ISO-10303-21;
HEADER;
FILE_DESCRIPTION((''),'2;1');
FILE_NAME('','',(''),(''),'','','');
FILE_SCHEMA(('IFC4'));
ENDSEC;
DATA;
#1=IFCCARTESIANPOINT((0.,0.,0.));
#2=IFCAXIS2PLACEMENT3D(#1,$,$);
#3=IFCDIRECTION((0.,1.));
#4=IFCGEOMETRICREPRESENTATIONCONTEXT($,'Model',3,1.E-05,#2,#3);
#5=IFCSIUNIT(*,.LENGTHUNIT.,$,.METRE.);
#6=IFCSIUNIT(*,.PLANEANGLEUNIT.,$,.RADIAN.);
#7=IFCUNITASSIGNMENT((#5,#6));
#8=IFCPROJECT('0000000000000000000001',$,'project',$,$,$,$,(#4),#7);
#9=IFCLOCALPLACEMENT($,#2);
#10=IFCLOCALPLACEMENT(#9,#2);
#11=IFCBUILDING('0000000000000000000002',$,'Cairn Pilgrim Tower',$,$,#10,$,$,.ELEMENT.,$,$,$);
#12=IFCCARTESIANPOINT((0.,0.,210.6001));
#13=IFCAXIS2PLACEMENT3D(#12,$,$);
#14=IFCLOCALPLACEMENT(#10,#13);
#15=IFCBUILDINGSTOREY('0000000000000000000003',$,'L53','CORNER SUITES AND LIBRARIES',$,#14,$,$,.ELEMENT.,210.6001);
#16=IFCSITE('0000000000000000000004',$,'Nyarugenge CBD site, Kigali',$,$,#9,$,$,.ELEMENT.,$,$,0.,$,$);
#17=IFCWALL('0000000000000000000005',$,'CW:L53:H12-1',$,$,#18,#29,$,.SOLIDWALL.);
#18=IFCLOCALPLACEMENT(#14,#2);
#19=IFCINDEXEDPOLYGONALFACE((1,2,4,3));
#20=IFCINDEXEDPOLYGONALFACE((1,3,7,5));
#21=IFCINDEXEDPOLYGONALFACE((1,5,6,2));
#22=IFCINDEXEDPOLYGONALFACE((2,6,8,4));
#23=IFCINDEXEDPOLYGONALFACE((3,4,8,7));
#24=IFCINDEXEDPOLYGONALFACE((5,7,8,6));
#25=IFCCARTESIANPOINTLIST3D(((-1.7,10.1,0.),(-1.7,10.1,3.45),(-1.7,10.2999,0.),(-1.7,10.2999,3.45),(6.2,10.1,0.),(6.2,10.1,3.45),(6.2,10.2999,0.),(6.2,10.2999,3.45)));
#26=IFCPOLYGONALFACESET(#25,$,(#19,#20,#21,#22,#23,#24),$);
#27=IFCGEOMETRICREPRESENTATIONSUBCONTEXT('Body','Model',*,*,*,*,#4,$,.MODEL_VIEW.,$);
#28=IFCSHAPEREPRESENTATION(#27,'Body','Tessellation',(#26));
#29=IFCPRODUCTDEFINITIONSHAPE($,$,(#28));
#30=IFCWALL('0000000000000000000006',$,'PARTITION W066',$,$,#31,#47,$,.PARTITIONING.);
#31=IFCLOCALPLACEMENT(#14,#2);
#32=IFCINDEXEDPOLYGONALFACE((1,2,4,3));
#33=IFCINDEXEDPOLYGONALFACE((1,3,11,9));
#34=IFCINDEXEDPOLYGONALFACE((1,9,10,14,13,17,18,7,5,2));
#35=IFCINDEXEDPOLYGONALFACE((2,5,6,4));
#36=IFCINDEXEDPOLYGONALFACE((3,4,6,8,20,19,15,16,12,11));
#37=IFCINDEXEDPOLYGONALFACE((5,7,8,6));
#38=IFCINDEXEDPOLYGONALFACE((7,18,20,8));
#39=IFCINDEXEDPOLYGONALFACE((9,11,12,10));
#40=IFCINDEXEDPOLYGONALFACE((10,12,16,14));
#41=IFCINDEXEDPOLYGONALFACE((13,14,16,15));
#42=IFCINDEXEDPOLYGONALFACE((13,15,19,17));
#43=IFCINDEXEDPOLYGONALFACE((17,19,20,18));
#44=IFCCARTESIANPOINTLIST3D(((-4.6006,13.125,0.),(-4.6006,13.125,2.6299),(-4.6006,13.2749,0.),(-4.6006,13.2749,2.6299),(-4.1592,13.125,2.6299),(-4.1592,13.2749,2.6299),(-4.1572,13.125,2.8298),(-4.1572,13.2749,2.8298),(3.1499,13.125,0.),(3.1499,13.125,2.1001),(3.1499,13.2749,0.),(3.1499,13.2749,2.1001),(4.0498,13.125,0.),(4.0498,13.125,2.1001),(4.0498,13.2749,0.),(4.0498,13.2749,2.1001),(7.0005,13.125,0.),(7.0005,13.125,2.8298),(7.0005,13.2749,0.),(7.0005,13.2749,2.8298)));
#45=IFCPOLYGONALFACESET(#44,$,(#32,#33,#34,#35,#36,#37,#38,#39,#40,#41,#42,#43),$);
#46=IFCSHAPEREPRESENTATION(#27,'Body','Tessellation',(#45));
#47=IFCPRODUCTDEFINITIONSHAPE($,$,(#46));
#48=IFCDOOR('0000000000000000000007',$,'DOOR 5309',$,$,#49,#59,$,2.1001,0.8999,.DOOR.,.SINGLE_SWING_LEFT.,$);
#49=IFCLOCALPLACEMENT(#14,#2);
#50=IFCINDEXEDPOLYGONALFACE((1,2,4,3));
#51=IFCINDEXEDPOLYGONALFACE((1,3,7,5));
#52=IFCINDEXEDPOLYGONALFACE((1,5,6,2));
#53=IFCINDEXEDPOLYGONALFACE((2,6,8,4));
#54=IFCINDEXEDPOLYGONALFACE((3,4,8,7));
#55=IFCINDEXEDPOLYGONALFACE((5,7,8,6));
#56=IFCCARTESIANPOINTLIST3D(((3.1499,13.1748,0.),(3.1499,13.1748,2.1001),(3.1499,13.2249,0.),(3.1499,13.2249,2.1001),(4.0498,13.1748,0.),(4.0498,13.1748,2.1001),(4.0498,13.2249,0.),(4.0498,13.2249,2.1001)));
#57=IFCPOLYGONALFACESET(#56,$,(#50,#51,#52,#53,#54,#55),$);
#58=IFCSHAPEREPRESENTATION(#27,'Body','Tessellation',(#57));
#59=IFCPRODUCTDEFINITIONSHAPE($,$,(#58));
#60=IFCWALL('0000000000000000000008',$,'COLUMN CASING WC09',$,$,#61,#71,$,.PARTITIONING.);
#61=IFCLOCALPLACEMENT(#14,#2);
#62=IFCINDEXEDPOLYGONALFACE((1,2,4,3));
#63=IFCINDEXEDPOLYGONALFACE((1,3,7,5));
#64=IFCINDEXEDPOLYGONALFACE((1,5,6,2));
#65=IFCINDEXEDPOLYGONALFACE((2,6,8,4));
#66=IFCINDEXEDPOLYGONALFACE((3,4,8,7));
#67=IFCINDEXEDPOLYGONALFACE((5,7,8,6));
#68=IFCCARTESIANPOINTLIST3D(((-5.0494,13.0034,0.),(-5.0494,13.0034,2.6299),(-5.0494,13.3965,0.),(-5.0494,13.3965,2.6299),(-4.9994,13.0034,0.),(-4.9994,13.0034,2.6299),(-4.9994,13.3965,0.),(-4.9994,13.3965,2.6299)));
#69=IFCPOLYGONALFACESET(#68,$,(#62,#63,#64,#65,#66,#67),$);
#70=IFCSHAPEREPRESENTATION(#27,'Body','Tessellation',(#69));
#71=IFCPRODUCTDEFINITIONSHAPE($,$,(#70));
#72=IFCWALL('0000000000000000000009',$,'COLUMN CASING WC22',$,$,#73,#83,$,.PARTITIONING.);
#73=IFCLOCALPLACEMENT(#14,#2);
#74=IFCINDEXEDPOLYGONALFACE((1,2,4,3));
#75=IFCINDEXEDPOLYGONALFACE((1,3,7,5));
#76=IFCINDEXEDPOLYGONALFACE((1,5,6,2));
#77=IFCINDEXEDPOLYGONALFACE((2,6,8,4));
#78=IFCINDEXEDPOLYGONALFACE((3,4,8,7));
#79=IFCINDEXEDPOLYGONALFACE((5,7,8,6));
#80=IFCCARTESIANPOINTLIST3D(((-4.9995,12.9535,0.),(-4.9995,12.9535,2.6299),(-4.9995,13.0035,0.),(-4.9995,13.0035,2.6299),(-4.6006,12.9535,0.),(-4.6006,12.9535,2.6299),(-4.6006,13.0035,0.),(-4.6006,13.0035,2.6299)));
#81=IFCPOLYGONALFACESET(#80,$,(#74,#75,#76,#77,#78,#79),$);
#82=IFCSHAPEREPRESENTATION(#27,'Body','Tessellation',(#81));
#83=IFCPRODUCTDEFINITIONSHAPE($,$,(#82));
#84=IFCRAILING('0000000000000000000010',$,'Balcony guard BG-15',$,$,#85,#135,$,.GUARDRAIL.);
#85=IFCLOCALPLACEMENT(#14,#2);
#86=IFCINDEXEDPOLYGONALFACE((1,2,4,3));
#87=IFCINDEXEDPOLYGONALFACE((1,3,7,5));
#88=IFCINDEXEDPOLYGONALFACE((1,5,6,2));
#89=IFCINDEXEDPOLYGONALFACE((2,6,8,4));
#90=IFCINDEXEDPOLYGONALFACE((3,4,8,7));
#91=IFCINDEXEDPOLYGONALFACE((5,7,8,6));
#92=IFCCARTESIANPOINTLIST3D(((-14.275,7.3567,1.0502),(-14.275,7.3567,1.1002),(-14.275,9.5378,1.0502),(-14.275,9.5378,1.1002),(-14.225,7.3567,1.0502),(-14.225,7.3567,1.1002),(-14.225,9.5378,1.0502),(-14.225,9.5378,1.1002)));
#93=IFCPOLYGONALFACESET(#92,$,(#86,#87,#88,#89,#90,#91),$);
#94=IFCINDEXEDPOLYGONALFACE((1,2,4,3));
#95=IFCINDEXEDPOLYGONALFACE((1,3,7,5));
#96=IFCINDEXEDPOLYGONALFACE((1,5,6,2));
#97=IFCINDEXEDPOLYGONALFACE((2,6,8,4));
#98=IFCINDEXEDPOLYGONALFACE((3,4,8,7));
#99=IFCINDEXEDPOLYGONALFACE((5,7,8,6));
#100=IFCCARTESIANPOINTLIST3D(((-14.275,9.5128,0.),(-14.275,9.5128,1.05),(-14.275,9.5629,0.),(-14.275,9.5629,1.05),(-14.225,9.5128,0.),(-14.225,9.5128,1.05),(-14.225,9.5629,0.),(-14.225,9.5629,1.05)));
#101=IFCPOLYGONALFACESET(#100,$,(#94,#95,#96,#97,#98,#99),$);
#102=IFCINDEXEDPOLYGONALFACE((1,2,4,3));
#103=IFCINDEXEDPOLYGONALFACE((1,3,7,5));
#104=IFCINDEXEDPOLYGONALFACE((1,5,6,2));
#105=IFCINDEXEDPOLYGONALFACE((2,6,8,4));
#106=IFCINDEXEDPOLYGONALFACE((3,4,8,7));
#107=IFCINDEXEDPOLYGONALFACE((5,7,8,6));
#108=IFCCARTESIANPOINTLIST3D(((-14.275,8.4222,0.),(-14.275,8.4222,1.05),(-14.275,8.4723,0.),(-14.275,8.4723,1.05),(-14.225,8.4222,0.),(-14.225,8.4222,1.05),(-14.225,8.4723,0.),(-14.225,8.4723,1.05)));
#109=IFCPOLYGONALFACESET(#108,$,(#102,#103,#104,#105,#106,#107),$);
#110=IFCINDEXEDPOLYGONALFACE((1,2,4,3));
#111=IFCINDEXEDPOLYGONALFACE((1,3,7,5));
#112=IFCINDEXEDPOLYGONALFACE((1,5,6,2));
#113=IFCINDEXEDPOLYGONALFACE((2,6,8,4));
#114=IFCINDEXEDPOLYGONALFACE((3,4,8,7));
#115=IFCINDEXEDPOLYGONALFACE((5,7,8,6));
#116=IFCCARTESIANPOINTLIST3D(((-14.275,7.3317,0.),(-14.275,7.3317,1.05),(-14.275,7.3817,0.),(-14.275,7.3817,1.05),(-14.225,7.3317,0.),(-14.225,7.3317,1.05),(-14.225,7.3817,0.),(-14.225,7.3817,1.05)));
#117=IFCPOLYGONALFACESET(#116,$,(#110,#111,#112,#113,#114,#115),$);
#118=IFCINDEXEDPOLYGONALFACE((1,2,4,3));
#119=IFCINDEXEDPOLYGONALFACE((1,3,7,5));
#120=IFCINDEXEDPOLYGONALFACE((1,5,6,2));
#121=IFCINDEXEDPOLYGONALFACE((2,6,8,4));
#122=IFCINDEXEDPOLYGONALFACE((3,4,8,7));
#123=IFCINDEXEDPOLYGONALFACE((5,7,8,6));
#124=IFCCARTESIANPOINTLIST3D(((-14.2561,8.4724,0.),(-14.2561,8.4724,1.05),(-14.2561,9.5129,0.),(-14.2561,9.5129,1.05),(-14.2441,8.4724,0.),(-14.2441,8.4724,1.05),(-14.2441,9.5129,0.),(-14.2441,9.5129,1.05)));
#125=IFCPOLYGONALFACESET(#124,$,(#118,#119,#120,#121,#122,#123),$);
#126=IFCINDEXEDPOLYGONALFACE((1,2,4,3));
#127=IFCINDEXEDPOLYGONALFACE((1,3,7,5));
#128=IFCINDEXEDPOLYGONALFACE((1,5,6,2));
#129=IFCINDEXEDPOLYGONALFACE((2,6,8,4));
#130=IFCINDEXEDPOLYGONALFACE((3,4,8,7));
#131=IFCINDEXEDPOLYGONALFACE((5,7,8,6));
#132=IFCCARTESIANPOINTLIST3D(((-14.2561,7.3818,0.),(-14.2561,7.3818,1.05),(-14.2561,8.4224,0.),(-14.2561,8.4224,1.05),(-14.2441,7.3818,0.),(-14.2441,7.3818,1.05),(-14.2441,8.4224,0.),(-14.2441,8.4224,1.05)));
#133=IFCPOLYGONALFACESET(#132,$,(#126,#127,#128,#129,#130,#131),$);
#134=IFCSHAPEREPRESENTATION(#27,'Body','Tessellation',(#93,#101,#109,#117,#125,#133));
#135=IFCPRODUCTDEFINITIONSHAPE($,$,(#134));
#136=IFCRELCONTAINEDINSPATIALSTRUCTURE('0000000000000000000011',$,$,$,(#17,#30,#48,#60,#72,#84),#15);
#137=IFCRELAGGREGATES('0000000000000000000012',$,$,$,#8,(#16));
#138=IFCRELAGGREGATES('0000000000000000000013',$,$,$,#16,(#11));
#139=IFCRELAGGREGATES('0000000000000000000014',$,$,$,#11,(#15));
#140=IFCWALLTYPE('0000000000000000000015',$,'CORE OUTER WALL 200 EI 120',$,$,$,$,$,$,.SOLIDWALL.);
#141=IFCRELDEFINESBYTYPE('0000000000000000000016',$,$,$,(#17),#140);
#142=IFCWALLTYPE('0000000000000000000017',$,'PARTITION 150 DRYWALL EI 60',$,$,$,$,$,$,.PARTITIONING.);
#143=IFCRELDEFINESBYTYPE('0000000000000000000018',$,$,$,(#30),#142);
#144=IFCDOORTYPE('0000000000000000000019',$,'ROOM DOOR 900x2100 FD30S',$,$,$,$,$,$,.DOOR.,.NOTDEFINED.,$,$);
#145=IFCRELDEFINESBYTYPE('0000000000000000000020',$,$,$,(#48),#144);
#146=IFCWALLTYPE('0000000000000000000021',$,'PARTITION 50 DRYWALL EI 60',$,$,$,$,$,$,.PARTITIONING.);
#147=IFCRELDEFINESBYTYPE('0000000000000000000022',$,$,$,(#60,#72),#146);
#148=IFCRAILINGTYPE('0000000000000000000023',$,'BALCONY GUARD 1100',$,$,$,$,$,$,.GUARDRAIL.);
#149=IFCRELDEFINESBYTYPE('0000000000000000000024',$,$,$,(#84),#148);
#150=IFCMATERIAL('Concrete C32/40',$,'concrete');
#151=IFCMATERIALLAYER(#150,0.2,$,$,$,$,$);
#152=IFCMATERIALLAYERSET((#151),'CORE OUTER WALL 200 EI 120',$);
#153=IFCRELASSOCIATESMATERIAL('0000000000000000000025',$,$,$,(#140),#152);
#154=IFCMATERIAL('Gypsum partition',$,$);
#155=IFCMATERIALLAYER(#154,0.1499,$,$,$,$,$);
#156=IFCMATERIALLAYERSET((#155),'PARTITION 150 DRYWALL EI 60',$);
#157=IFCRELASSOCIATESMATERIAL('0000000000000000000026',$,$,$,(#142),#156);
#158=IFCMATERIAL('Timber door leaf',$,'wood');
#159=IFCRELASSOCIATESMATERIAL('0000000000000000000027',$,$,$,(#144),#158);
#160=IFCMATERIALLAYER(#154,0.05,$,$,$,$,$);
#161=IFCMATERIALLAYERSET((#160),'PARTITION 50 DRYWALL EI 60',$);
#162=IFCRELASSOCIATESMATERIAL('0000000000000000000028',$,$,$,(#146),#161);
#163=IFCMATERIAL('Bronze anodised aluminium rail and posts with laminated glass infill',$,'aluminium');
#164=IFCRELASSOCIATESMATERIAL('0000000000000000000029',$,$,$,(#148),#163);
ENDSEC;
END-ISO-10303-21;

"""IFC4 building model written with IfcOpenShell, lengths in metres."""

from ifc_helpers import new_model, si_unit, direction, frame, frame_2d, origin, origin_2d, place, context, subcontext, project, spatial, polyline, rectangle, outline, extrude, material, layer, layer_set, type_object, element, fill, save


model = new_model("IFC4")

# Units and contexts
model_context = context("Model", 3, precision=1e-05, world=origin(), true_north=direction((0.0, 1.0)))
body_context = subcontext(model_context, "Body", "Model", "MODEL_VIEW")
ifc_project = project(units=[si_unit("LENGTHUNIT", "METRE"), si_unit("PLANEANGLEUNIT", "RADIAN")], contexts=[model_context])

# Site, building, storey
site_placement = place(None, origin())
site = spatial("IfcSite", under=ifc_project, at=site_placement, Name="Nyarugenge CBD site, Kigali", CompositionType="ELEMENT", RefElevation=0.0)
building_placement = place(site_placement, origin())
building = spatial("IfcBuilding", under=site, at=building_placement, Name="Cairn Pilgrim Tower", CompositionType="ELEMENT")
storey_placement = place(building_placement, frame((0.0, 0.0, 210.6001)))
storey = spatial("IfcBuildingStorey", under=building, at=storey_placement, Name="L53", Description="CORNER SUITES AND LIBRARIES", CompositionType="ELEMENT", Elevation=210.6001)

# Wall
ifc_material_1 = material(Name="Concrete C32/40", Category="concrete")
ifc_layer_1 = layer(ifc_material_1, 0.2)
ifc_layer_set_1 = layer_set([ifc_layer_1], Name="CORE OUTER WALL 200 EI 120")
wall_type_1 = type_object("IfcWallType", Name="CORE OUTER WALL 200 EI 120", PredefinedType="SOLIDWALL", material=ifc_layer_set_1)
wall_1_placement = place(storey_placement, frame((-1.7, 10.2, 0.0), z_axis=(0.0, 0.0, 1.0), x_axis=(1.0, 0.0, 0.0)))
element("IfcWall", 1, at=wall_1_placement, inside=storey, type_object=wall_type_1, Name="CW:L53:H12-1", PredefinedType="SOLIDWALL", context=body_context, shape_type="SweptSolid", body=[
    extrude(rectangle(XDim=7.8999, YDim=0.2, at=frame_2d((3.95, 0.0))), origin(), (0.0, 0.0, 1.0), 3.45),
])

# Wall, opening, door
ifc_material_2 = material(Name="Gypsum partition")
ifc_layer_2 = layer(ifc_material_2, 0.1499)
ifc_layer_set_2 = layer_set([ifc_layer_2], Name="PARTITION 150 DRYWALL EI 60")
wall_type_2 = type_object("IfcWallType", Name="PARTITION 150 DRYWALL EI 60", PredefinedType="PARTITIONING", material=ifc_layer_set_2)
wall_2_placement = place(storey_placement, frame((-4.6006, 13.2, 0.0), z_axis=(0.0, 0.0, 1.0), x_axis=(1.0, 0.0, 0.0)))
wall_2 = element("IfcWall", 2, at=wall_2_placement, inside=storey, type_object=wall_type_2, Name="PARTITION W066", PredefinedType="PARTITIONING", context=body_context, shape_type="SweptSolid", body=[
    extrude(outline(polyline([(0.0, 0.0), (11.6011, 0.0), (11.6011, 2.8298), (0.4434, 2.8298), (0.4414, 2.6299), (0.0, 2.6299), (0.0, 0.0)])), frame((0.0, 0.075, 0.0), z_axis=(0.0, -1.0, 0.0), x_axis=(1.0, 0.0, 0.0)), (0.0, 0.0, 1.0), 0.1499),
])
opening_placement = place(wall_2_placement, frame((7.7505, 0.0, 0.0)))
opening = element("IfcOpeningElement", 3, at=opening_placement, cuts=wall_2, PredefinedType="OPENING", context=body_context, shape_type="SweptSolid", body=[
    extrude(rectangle(XDim=0.8999, YDim=2.1001, at=frame_2d((0.45, 1.05))), frame((0.0, 0.085, 0.0), z_axis=(0.0, -1.0, 0.0), x_axis=(1.0, 0.0, 0.0)), (0.0, 0.0, 1.0), 0.1699),
])
ifc_material_3 = material(Name="Timber door leaf", Category="wood")
door_type = type_object("IfcDoorType", Name="ROOM DOOR 900x2100 FD30S", OperationType="NOTDEFINED", PredefinedType="DOOR", material=ifc_material_3)
door_placement = place(opening_placement, origin())
door = element("IfcDoor", 4, at=door_placement, inside=storey, type_object=door_type, Name="DOOR 5309", OperationType="SINGLE_SWING_LEFT", OverallHeight=2.1001, OverallWidth=0.8999, PredefinedType="DOOR", context=body_context, shape_type="SweptSolid", body=[
    extrude(rectangle(XDim=0.8999, YDim=2.1001, at=frame_2d((0.45, 1.05))), frame((0.0, 0.0249, 0.0), z_axis=(0.0, -1.0, 0.0), x_axis=(1.0, 0.0, 0.0)), (0.0, 0.0, 1.0), 0.05),
])
fill(opening, door)

# Walls
ifc_layer_3 = layer(ifc_material_2, 0.05)
ifc_layer_set_3 = layer_set([ifc_layer_3], Name="PARTITION 50 DRYWALL EI 60")
wall_type_3 = type_object("IfcWallType", Name="PARTITION 50 DRYWALL EI 60", PredefinedType="PARTITIONING", material=ifc_layer_set_3)
wall_3_placement = place(storey_placement, frame((-5.0244, 13.0034, 0.0), z_axis=(0.0, 0.0, 1.0), x_axis=(0.0, 1.0, 0.0)))
element("IfcWall", 5, at=wall_3_placement, inside=storey, type_object=wall_type_3, Name="COLUMN CASING WC09", PredefinedType="PARTITIONING", context=body_context, shape_type="SweptSolid", body=[
    extrude(rectangle(XDim=0.3931, YDim=0.05, at=frame_2d((0.1965, 0.0))), origin(), (0.0, 0.0, 1.0), 2.6299),
])
wall_4_placement = place(storey_placement, frame((-4.9995, 12.9785, 0.0), z_axis=(0.0, 0.0, 1.0), x_axis=(1.0, 0.0, 0.0)))
element("IfcWall", 6, at=wall_4_placement, inside=storey, type_object=wall_type_3, Name="COLUMN CASING WC22", PredefinedType="PARTITIONING", context=body_context, shape_type="SweptSolid", body=[
    extrude(rectangle(XDim=0.3989, YDim=0.05, at=frame_2d((0.1995, 0.0))), origin(), (0.0, 0.0, 1.0), 2.6299),
])

# Railing
ifc_material_4 = material(Name="Bronze anodised aluminium rail and posts with laminated glass infill", Category="aluminium")
railing_type = type_object("IfcRailingType", Name="BALCONY GUARD 1100", PredefinedType="GUARDRAIL", material=ifc_material_4)
railing_placement = place(storey_placement, frame((-14.25, 9.5378, 0.0)))
element("IfcRailing", 7, at=railing_placement, inside=storey, type_object=railing_type, Name="Balcony guard BG-15", PredefinedType="GUARDRAIL", context=body_context, shape_type="SweptSolid", body=[
    extrude(rectangle(XDim=0.05, YDim=0.05, at=origin_2d()), frame((0.0, 0.0, 1.0752), z_axis=(0.0, -1.0, 0.0), x_axis=(1.0, 0.0, 0.0)), (0.0, 0.0, 1.0), 2.1812),
    extrude(rectangle(XDim=0.05, YDim=0.05, at=origin_2d()), origin(), (0.0, 0.0, 1.0), 1.05),
    extrude(rectangle(XDim=0.05, YDim=0.05, at=origin_2d()), frame((0.0, -1.0906, 0.0)), (0.0, 0.0, 1.0), 1.05),
    extrude(rectangle(XDim=0.05, YDim=0.05, at=origin_2d()), frame((0.0, -2.1812, 0.0)), (0.0, 0.0, 1.0), 1.05),
    extrude(outline(polyline([(0.0249, 0.0), (1.0654, 0.0), (1.0654, 1.05), (0.0249, 1.05), (0.0249, 0.0)])), frame((0.0059, 0.0, 0.0), z_axis=(-1.0, 0.0, 0.0), x_axis=(0.0, -1.0, 0.0)), (0.0, 0.0, 1.0), 0.012),
    extrude(outline(polyline([(0.0249, 0.0), (1.0654, 0.0), (1.0654, 1.05), (0.0249, 1.05), (0.0249, 0.0)])), frame((0.0059, -1.0906, 0.0), z_axis=(-1.0, 0.0, 0.0), x_axis=(0.0, -1.0, 0.0)), (0.0, 0.0, 1.0), 0.012),
])

save(model, "model.ifc")
